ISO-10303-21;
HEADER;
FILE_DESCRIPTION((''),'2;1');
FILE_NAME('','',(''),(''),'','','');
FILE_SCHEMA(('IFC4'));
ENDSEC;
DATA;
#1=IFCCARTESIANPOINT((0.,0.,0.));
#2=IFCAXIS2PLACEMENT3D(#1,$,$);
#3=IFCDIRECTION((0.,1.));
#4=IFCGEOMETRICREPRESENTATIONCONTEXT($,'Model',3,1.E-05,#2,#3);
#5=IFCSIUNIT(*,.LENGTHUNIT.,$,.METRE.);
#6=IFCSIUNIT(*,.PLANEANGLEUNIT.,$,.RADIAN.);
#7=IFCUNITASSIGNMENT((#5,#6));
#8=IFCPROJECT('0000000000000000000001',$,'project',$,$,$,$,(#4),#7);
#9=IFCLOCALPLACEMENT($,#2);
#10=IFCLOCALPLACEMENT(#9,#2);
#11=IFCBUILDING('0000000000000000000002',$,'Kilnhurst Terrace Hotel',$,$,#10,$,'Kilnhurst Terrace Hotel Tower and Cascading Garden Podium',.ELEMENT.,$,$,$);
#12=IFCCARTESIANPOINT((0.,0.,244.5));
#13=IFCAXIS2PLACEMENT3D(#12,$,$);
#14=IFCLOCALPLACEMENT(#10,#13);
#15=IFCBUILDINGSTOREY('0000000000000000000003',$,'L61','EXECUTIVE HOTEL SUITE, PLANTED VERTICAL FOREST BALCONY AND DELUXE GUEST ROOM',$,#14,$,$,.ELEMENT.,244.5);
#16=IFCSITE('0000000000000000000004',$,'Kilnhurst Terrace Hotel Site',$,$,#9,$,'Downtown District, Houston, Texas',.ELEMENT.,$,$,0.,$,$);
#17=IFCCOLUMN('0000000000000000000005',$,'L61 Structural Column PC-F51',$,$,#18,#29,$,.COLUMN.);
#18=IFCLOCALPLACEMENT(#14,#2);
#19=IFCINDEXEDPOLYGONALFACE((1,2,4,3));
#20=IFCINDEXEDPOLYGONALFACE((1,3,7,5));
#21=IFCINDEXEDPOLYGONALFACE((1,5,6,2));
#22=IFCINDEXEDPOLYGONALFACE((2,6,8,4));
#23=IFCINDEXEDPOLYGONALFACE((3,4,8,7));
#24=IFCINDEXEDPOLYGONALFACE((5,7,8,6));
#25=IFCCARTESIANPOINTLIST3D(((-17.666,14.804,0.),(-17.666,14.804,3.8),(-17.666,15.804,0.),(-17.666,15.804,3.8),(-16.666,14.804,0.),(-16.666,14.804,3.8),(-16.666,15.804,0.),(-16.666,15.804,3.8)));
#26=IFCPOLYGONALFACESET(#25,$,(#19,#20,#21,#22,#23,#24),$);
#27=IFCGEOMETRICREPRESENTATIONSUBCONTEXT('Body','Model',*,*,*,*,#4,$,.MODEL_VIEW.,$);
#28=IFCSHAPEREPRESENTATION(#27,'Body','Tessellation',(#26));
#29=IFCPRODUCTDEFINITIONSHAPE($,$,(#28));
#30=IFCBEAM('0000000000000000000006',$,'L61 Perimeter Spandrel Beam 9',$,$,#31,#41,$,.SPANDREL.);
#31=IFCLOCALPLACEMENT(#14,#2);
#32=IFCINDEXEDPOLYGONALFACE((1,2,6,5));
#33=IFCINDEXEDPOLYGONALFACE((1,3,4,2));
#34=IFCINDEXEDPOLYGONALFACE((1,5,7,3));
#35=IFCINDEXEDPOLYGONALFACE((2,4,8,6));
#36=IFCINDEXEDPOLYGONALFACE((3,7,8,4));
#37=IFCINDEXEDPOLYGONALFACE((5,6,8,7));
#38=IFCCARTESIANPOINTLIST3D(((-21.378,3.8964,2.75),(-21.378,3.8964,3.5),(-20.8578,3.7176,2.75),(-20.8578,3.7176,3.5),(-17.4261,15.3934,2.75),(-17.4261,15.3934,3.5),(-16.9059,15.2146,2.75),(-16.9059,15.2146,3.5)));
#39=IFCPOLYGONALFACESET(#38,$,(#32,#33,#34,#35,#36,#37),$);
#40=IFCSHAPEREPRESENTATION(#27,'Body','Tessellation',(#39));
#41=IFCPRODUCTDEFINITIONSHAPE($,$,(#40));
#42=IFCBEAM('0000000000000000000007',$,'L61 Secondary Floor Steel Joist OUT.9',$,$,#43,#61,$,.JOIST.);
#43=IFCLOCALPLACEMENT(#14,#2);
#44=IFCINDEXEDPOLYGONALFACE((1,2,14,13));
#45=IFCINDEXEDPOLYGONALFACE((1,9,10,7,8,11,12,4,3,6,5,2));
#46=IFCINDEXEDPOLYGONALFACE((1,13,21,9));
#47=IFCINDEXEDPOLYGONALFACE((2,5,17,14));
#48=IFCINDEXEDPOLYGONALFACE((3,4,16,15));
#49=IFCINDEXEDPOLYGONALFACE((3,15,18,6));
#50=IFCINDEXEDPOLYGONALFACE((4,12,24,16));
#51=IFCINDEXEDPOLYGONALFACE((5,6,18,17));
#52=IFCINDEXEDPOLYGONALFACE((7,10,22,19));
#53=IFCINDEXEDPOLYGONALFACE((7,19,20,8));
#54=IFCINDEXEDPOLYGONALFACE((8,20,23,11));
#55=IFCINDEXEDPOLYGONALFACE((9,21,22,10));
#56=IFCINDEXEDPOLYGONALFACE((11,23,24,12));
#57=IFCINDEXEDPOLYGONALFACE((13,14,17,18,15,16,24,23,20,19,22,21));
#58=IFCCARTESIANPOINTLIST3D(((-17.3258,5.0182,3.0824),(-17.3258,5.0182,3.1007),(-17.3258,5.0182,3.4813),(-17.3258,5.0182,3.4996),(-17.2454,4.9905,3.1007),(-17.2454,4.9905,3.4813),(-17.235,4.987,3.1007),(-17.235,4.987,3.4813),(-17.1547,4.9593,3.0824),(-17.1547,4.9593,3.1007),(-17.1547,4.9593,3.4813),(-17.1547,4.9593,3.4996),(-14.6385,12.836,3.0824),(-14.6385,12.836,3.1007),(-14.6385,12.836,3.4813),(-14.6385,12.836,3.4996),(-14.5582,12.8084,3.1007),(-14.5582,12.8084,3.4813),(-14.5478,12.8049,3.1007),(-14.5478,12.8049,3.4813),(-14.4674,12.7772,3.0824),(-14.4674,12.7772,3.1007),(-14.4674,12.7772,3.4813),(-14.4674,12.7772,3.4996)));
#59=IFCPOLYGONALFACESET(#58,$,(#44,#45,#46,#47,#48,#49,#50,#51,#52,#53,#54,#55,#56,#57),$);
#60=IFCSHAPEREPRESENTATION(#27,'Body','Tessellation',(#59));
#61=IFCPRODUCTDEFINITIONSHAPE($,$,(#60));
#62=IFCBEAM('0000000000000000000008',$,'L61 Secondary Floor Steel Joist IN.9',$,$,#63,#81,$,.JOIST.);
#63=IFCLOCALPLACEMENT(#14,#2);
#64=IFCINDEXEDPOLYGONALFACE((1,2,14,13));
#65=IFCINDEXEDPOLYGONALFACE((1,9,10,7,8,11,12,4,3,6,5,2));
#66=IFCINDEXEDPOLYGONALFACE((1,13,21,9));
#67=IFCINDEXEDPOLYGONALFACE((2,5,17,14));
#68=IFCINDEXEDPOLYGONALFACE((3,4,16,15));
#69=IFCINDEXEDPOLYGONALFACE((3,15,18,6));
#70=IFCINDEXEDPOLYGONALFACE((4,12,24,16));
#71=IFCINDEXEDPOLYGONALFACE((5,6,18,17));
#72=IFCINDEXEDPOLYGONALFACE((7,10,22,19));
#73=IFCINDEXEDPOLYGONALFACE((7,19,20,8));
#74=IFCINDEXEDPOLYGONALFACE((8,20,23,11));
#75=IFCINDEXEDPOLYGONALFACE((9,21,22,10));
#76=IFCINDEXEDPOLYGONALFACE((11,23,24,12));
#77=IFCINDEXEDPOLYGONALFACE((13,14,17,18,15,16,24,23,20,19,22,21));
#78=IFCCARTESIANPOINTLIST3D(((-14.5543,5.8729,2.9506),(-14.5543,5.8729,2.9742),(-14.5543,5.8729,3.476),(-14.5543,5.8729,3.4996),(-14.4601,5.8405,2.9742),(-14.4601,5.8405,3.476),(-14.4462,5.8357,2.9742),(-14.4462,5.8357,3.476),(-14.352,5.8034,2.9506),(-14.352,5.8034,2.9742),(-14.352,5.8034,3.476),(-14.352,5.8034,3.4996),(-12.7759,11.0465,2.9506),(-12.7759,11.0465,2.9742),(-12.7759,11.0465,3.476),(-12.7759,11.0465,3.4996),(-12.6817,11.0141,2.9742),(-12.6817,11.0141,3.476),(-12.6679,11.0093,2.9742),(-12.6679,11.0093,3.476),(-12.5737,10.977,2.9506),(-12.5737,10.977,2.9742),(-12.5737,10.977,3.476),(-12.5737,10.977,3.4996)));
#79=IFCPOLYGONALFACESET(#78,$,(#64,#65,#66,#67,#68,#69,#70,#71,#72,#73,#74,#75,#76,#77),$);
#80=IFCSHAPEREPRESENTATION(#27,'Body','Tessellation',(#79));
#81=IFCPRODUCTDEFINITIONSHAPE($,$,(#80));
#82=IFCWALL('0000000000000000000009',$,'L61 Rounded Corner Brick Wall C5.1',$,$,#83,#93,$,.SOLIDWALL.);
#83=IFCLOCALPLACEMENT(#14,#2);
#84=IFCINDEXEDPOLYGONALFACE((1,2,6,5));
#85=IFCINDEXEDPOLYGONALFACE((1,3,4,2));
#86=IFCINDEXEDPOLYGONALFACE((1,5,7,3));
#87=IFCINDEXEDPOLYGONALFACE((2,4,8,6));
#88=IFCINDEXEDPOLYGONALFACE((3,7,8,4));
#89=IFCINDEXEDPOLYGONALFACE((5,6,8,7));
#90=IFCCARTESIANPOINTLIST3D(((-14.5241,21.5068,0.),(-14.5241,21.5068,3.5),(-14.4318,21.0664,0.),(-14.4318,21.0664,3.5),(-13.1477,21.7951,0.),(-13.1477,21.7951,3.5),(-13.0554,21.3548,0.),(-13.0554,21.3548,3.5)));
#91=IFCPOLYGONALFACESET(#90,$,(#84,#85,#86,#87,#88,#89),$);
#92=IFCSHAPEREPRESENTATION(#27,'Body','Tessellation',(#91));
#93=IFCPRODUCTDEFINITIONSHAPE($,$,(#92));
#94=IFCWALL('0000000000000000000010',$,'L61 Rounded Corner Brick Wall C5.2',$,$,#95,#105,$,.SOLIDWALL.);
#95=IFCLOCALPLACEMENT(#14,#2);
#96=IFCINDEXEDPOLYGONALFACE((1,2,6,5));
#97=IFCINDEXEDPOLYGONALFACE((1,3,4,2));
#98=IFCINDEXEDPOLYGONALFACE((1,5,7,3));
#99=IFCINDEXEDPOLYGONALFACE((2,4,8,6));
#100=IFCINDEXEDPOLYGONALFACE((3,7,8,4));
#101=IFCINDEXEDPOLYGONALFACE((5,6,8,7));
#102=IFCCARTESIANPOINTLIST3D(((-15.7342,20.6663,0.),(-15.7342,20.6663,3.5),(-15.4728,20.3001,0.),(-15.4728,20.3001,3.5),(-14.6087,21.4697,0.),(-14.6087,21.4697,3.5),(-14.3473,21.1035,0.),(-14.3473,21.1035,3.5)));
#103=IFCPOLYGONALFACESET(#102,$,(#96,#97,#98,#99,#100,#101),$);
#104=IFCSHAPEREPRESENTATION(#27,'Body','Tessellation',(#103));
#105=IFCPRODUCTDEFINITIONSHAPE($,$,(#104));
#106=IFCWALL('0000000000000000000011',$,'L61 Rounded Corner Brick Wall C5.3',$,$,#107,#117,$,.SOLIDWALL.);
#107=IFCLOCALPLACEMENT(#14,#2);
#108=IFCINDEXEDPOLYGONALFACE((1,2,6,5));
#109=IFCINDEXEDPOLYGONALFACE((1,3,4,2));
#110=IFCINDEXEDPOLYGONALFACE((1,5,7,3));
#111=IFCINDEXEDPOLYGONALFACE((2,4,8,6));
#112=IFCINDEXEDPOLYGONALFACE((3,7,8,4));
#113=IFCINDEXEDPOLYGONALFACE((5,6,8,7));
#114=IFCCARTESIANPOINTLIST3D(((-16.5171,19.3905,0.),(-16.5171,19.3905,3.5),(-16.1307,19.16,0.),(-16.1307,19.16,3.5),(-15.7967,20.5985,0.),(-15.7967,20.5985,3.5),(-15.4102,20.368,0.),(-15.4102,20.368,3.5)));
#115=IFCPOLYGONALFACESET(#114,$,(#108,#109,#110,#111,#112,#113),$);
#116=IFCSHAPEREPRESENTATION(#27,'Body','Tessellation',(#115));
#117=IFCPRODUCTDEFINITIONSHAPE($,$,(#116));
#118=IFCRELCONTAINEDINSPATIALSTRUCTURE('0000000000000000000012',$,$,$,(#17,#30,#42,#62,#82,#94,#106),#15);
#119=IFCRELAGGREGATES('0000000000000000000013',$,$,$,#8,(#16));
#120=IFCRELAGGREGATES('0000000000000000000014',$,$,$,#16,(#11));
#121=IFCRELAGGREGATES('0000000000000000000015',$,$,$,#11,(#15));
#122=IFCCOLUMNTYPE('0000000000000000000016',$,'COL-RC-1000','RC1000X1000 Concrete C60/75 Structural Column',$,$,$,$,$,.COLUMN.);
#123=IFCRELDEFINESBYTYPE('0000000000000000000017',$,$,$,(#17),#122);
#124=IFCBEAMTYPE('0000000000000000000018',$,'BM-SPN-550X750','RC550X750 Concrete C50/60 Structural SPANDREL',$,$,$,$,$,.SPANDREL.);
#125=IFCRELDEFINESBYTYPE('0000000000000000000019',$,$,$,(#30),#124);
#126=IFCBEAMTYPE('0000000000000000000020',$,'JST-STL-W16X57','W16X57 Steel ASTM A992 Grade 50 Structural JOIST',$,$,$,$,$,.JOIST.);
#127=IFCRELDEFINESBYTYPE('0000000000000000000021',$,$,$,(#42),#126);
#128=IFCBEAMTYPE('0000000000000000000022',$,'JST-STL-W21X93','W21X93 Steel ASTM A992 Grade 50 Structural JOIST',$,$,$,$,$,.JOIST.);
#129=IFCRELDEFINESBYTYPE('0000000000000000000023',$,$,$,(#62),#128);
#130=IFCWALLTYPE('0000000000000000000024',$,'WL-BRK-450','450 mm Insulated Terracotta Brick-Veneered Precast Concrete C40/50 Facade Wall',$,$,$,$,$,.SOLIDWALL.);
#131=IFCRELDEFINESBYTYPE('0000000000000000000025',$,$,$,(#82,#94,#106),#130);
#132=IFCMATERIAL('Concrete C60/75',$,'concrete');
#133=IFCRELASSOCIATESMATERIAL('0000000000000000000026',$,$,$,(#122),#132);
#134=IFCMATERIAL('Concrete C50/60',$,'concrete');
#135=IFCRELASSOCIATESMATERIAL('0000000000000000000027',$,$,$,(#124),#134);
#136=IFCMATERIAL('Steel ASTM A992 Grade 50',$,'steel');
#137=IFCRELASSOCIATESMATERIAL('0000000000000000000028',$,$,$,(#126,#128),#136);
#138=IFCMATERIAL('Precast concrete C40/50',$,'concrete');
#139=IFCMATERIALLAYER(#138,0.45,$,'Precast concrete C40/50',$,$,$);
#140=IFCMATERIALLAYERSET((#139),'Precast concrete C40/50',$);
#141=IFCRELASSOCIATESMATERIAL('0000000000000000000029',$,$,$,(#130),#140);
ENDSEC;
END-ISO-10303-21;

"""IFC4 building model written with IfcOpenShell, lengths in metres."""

from ifc_helpers import new_model, si_unit, direction, frame, frame_2d, origin, origin_2d, place, context, subcontext, project, spatial, rectangle, i_section, extrude, material, layer, layer_set, material_profile, profile_set, type_object, element, save


model = new_model("IFC4")

# Units and contexts
model_context = context("Model", 3, precision=1e-05, world=origin(), true_north=direction((0.0, 1.0)))
body_context = subcontext(model_context, "Body", "Model", "MODEL_VIEW")
ifc_project = project(units=[si_unit("LENGTHUNIT", "METRE"), si_unit("PLANEANGLEUNIT", "RADIAN")], contexts=[model_context])

# Site, building, storey
site_placement = place(None, origin())
site = spatial("IfcSite", under=ifc_project, at=site_placement, Name="Kilnhurst Terrace Hotel Site", LongName="Downtown District, Houston, Texas", CompositionType="ELEMENT", RefElevation=0.0)
building_placement = place(site_placement, origin())
building = spatial("IfcBuilding", under=site, at=building_placement, Name="Kilnhurst Terrace Hotel", LongName="Kilnhurst Terrace Hotel Tower and Cascading Garden Podium", CompositionType="ELEMENT")
storey_placement = place(building_placement, frame((0.0, 0.0, 244.5)))
storey = spatial("IfcBuildingStorey", under=building, at=storey_placement, Name="L61", Description="EXECUTIVE HOTEL SUITE, PLANTED VERTICAL FOREST BALCONY AND DELUXE GUEST ROOM", CompositionType="ELEMENT", Elevation=244.5)

# Column
ifc_material_1 = material(Name="Concrete C60/75", Category="concrete")
ifc_material_profile_1 = material_profile(ifc_material_1, rectangle(XDim=1.0, YDim=1.0, at=origin_2d()), Name="RC1000X1000")
ifc_profile_set_1 = profile_set([ifc_material_profile_1], Name="Concrete C60/75")
column_type = type_object("IfcColumnType", Name="COL-RC-1000", Description="RC1000X1000 Concrete C60/75 Structural Column", PredefinedType="COLUMN", material=ifc_profile_set_1)
column_placement = place(storey_placement, frame((-17.166, 15.304, 0.0), z_axis=(0.0, 0.0, 1.0), x_axis=(1.0, 0.0, 0.0)))
element("IfcColumn", 1, at=column_placement, inside=storey, type_object=column_type, Name="L61 Structural Column PC-F51", PredefinedType="COLUMN", context=body_context, shape_type="SweptSolid", body=[
    extrude(rectangle(XDim=1.0, YDim=1.0, at=origin_2d()), origin(), (0.0, 0.0, 1.0), 3.8),
])

# Beams
ifc_material_2 = material(Name="Concrete C50/60", Category="concrete")
ifc_material_profile_2 = material_profile(ifc_material_2, rectangle(XDim=0.55, YDim=0.75, at=origin_2d()), Name="RC550X750")
ifc_profile_set_2 = profile_set([ifc_material_profile_2], Name="Concrete C50/60")
beam_type_1 = type_object("IfcBeamType", Name="BM-SPN-550X750", Description="RC550X750 Concrete C50/60 Structural SPANDREL", PredefinedType="SPANDREL", material=ifc_profile_set_2)
beam_1_placement = place(storey_placement, frame((-17.166, 15.304, 3.125), z_axis=(-0.325064, -0.945692, 0.0), x_axis=(0.945692, -0.325064, 0.0)))
element("IfcBeam", 2, at=beam_1_placement, inside=storey, type_object=beam_type_1, Name="L61 Perimeter Spandrel Beam 9", PredefinedType="SPANDREL", context=body_context, shape_type="SweptSolid", body=[
    extrude(rectangle(XDim=0.55, YDim=0.75, at=origin_2d()), origin(), (0.0, 0.0, 1.0), 12.1572),
])
ifc_material_3 = material(Name="Steel ASTM A992 Grade 50", Category="steel")
ifc_material_profile_3 = material_profile(ifc_material_3, i_section(OverallWidth=0.1809, OverallDepth=0.4172, WebThickness=0.011, FlangeThickness=0.0183, at=origin_2d()), Name="W16X57")
ifc_profile_set_3 = profile_set([ifc_material_profile_3], Name="Steel ASTM A992 Grade 50")
beam_type_2 = type_object("IfcBeamType", Name="JST-STL-W16X57", Description="W16X57 Steel ASTM A992 Grade 50 Structural JOIST", PredefinedType="JOIST", material=ifc_profile_set_3)
beam_2_placement = place(storey_placement, frame((-14.553, 12.8066, 3.291), z_axis=(-0.325065, -0.945692, 0.0), x_axis=(0.945692, -0.325065, 0.0)))
element("IfcBeam", 3, at=beam_2_placement, inside=storey, type_object=beam_type_2, Name="L61 Secondary Floor Steel Joist OUT.9", PredefinedType="JOIST", context=body_context, shape_type="SweptSolid", body=[
    extrude(i_section(OverallWidth=0.1809, OverallDepth=0.4172, WebThickness=0.011, FlangeThickness=0.0183, at=origin_2d()), origin(), (0.0, 0.0, 1.0), 8.2668),
])
ifc_material_profile_4 = material_profile(ifc_material_3, i_section(OverallWidth=0.2139, OverallDepth=0.5491, WebThickness=0.0146, FlangeThickness=0.0237, at=origin_2d()), Name="W21X93")
ifc_profile_set_4 = profile_set([ifc_material_profile_4], Name="Steel ASTM A992 Grade 50")
beam_type_3 = type_object("IfcBeamType", Name="JST-STL-W21X93", Description="W21X93 Steel ASTM A992 Grade 50 Structural JOIST", PredefinedType="JOIST", material=ifc_profile_set_4)
beam_3_placement = place(storey_placement, frame((-12.6748, 11.0117, 3.2251), z_axis=(-0.325064, -0.945692, 0.0), x_axis=(0.945692, -0.325064, 0.0)))
element("IfcBeam", 4, at=beam_3_placement, inside=storey, type_object=beam_type_3, Name="L61 Secondary Floor Steel Joist IN.9", PredefinedType="JOIST", context=body_context, shape_type="SweptSolid", body=[
    extrude(i_section(OverallWidth=0.2139, OverallDepth=0.5491, WebThickness=0.0146, FlangeThickness=0.0237, at=origin_2d()), origin(), (0.0, 0.0, 1.0), 5.4707),
])

# Walls
ifc_material_4 = material(Name="Precast concrete C40/50", Category="concrete")
ifc_layer_1 = layer(ifc_material_4, 0.45, Name="Precast concrete C40/50")
ifc_layer_set_1 = layer_set([ifc_layer_1], Name="Precast concrete C40/50")
wall_type_1 = type_object("IfcWallType", Name="WL-BRK-450", Description="450 mm Insulated Terracotta Brick-Veneered Precast Concrete C40/50 Facade Wall", PredefinedType="SOLIDWALL", material=ifc_layer_set_1)
wall_1_placement = place(storey_placement, frame((-13.1016, 21.575, 0.0), z_axis=(0.0, 0.0, 1.0), x_axis=(-0.978757, -0.205022, 0.0)))
element("IfcWall", 5, at=wall_1_placement, inside=storey, type_object=wall_type_1, Name="L61 Rounded Corner Brick Wall C5.1", PredefinedType="SOLIDWALL", context=body_context, shape_type="SweptSolid", body=[
    extrude(rectangle(XDim=1.4062, YDim=0.45, at=frame_2d((0.7031, 0.0))), origin(), (0.0, 0.0, 1.0), 3.5),
])
wall_2_placement = place(storey_placement, frame((-14.478, 21.2866, 0.0), z_axis=(0.0, 0.0, 1.0), x_axis=(-0.813889, -0.581021, 0.0)))
element("IfcWall", 6, at=wall_2_placement, inside=storey, type_object=wall_type_1, Name="L61 Rounded Corner Brick Wall C5.2", PredefinedType="SOLIDWALL", context=body_context, shape_type="SweptSolid", body=[
    extrude(rectangle(XDim=1.3828, YDim=0.45, at=frame_2d((0.6914, 0.0))), origin(), (0.0, 0.0, 1.0), 3.5),
])
wall_3_placement = place(storey_placement, frame((-15.6035, 20.4832, 0.0), z_axis=(0.0, 0.0, 1.0), x_axis=(-0.512222, -0.858853, 0.0)))
element("IfcWall", 7, at=wall_3_placement, inside=storey, type_object=wall_type_1, Name="L61 Rounded Corner Brick Wall C5.3", PredefinedType="SOLIDWALL", context=body_context, shape_type="SweptSolid", body=[
    extrude(rectangle(XDim=1.4065, YDim=0.45, at=frame_2d((0.7031, 0.0))), origin(), (0.0, 0.0, 1.0), 3.5),
])

save(model, "model.ifc")
